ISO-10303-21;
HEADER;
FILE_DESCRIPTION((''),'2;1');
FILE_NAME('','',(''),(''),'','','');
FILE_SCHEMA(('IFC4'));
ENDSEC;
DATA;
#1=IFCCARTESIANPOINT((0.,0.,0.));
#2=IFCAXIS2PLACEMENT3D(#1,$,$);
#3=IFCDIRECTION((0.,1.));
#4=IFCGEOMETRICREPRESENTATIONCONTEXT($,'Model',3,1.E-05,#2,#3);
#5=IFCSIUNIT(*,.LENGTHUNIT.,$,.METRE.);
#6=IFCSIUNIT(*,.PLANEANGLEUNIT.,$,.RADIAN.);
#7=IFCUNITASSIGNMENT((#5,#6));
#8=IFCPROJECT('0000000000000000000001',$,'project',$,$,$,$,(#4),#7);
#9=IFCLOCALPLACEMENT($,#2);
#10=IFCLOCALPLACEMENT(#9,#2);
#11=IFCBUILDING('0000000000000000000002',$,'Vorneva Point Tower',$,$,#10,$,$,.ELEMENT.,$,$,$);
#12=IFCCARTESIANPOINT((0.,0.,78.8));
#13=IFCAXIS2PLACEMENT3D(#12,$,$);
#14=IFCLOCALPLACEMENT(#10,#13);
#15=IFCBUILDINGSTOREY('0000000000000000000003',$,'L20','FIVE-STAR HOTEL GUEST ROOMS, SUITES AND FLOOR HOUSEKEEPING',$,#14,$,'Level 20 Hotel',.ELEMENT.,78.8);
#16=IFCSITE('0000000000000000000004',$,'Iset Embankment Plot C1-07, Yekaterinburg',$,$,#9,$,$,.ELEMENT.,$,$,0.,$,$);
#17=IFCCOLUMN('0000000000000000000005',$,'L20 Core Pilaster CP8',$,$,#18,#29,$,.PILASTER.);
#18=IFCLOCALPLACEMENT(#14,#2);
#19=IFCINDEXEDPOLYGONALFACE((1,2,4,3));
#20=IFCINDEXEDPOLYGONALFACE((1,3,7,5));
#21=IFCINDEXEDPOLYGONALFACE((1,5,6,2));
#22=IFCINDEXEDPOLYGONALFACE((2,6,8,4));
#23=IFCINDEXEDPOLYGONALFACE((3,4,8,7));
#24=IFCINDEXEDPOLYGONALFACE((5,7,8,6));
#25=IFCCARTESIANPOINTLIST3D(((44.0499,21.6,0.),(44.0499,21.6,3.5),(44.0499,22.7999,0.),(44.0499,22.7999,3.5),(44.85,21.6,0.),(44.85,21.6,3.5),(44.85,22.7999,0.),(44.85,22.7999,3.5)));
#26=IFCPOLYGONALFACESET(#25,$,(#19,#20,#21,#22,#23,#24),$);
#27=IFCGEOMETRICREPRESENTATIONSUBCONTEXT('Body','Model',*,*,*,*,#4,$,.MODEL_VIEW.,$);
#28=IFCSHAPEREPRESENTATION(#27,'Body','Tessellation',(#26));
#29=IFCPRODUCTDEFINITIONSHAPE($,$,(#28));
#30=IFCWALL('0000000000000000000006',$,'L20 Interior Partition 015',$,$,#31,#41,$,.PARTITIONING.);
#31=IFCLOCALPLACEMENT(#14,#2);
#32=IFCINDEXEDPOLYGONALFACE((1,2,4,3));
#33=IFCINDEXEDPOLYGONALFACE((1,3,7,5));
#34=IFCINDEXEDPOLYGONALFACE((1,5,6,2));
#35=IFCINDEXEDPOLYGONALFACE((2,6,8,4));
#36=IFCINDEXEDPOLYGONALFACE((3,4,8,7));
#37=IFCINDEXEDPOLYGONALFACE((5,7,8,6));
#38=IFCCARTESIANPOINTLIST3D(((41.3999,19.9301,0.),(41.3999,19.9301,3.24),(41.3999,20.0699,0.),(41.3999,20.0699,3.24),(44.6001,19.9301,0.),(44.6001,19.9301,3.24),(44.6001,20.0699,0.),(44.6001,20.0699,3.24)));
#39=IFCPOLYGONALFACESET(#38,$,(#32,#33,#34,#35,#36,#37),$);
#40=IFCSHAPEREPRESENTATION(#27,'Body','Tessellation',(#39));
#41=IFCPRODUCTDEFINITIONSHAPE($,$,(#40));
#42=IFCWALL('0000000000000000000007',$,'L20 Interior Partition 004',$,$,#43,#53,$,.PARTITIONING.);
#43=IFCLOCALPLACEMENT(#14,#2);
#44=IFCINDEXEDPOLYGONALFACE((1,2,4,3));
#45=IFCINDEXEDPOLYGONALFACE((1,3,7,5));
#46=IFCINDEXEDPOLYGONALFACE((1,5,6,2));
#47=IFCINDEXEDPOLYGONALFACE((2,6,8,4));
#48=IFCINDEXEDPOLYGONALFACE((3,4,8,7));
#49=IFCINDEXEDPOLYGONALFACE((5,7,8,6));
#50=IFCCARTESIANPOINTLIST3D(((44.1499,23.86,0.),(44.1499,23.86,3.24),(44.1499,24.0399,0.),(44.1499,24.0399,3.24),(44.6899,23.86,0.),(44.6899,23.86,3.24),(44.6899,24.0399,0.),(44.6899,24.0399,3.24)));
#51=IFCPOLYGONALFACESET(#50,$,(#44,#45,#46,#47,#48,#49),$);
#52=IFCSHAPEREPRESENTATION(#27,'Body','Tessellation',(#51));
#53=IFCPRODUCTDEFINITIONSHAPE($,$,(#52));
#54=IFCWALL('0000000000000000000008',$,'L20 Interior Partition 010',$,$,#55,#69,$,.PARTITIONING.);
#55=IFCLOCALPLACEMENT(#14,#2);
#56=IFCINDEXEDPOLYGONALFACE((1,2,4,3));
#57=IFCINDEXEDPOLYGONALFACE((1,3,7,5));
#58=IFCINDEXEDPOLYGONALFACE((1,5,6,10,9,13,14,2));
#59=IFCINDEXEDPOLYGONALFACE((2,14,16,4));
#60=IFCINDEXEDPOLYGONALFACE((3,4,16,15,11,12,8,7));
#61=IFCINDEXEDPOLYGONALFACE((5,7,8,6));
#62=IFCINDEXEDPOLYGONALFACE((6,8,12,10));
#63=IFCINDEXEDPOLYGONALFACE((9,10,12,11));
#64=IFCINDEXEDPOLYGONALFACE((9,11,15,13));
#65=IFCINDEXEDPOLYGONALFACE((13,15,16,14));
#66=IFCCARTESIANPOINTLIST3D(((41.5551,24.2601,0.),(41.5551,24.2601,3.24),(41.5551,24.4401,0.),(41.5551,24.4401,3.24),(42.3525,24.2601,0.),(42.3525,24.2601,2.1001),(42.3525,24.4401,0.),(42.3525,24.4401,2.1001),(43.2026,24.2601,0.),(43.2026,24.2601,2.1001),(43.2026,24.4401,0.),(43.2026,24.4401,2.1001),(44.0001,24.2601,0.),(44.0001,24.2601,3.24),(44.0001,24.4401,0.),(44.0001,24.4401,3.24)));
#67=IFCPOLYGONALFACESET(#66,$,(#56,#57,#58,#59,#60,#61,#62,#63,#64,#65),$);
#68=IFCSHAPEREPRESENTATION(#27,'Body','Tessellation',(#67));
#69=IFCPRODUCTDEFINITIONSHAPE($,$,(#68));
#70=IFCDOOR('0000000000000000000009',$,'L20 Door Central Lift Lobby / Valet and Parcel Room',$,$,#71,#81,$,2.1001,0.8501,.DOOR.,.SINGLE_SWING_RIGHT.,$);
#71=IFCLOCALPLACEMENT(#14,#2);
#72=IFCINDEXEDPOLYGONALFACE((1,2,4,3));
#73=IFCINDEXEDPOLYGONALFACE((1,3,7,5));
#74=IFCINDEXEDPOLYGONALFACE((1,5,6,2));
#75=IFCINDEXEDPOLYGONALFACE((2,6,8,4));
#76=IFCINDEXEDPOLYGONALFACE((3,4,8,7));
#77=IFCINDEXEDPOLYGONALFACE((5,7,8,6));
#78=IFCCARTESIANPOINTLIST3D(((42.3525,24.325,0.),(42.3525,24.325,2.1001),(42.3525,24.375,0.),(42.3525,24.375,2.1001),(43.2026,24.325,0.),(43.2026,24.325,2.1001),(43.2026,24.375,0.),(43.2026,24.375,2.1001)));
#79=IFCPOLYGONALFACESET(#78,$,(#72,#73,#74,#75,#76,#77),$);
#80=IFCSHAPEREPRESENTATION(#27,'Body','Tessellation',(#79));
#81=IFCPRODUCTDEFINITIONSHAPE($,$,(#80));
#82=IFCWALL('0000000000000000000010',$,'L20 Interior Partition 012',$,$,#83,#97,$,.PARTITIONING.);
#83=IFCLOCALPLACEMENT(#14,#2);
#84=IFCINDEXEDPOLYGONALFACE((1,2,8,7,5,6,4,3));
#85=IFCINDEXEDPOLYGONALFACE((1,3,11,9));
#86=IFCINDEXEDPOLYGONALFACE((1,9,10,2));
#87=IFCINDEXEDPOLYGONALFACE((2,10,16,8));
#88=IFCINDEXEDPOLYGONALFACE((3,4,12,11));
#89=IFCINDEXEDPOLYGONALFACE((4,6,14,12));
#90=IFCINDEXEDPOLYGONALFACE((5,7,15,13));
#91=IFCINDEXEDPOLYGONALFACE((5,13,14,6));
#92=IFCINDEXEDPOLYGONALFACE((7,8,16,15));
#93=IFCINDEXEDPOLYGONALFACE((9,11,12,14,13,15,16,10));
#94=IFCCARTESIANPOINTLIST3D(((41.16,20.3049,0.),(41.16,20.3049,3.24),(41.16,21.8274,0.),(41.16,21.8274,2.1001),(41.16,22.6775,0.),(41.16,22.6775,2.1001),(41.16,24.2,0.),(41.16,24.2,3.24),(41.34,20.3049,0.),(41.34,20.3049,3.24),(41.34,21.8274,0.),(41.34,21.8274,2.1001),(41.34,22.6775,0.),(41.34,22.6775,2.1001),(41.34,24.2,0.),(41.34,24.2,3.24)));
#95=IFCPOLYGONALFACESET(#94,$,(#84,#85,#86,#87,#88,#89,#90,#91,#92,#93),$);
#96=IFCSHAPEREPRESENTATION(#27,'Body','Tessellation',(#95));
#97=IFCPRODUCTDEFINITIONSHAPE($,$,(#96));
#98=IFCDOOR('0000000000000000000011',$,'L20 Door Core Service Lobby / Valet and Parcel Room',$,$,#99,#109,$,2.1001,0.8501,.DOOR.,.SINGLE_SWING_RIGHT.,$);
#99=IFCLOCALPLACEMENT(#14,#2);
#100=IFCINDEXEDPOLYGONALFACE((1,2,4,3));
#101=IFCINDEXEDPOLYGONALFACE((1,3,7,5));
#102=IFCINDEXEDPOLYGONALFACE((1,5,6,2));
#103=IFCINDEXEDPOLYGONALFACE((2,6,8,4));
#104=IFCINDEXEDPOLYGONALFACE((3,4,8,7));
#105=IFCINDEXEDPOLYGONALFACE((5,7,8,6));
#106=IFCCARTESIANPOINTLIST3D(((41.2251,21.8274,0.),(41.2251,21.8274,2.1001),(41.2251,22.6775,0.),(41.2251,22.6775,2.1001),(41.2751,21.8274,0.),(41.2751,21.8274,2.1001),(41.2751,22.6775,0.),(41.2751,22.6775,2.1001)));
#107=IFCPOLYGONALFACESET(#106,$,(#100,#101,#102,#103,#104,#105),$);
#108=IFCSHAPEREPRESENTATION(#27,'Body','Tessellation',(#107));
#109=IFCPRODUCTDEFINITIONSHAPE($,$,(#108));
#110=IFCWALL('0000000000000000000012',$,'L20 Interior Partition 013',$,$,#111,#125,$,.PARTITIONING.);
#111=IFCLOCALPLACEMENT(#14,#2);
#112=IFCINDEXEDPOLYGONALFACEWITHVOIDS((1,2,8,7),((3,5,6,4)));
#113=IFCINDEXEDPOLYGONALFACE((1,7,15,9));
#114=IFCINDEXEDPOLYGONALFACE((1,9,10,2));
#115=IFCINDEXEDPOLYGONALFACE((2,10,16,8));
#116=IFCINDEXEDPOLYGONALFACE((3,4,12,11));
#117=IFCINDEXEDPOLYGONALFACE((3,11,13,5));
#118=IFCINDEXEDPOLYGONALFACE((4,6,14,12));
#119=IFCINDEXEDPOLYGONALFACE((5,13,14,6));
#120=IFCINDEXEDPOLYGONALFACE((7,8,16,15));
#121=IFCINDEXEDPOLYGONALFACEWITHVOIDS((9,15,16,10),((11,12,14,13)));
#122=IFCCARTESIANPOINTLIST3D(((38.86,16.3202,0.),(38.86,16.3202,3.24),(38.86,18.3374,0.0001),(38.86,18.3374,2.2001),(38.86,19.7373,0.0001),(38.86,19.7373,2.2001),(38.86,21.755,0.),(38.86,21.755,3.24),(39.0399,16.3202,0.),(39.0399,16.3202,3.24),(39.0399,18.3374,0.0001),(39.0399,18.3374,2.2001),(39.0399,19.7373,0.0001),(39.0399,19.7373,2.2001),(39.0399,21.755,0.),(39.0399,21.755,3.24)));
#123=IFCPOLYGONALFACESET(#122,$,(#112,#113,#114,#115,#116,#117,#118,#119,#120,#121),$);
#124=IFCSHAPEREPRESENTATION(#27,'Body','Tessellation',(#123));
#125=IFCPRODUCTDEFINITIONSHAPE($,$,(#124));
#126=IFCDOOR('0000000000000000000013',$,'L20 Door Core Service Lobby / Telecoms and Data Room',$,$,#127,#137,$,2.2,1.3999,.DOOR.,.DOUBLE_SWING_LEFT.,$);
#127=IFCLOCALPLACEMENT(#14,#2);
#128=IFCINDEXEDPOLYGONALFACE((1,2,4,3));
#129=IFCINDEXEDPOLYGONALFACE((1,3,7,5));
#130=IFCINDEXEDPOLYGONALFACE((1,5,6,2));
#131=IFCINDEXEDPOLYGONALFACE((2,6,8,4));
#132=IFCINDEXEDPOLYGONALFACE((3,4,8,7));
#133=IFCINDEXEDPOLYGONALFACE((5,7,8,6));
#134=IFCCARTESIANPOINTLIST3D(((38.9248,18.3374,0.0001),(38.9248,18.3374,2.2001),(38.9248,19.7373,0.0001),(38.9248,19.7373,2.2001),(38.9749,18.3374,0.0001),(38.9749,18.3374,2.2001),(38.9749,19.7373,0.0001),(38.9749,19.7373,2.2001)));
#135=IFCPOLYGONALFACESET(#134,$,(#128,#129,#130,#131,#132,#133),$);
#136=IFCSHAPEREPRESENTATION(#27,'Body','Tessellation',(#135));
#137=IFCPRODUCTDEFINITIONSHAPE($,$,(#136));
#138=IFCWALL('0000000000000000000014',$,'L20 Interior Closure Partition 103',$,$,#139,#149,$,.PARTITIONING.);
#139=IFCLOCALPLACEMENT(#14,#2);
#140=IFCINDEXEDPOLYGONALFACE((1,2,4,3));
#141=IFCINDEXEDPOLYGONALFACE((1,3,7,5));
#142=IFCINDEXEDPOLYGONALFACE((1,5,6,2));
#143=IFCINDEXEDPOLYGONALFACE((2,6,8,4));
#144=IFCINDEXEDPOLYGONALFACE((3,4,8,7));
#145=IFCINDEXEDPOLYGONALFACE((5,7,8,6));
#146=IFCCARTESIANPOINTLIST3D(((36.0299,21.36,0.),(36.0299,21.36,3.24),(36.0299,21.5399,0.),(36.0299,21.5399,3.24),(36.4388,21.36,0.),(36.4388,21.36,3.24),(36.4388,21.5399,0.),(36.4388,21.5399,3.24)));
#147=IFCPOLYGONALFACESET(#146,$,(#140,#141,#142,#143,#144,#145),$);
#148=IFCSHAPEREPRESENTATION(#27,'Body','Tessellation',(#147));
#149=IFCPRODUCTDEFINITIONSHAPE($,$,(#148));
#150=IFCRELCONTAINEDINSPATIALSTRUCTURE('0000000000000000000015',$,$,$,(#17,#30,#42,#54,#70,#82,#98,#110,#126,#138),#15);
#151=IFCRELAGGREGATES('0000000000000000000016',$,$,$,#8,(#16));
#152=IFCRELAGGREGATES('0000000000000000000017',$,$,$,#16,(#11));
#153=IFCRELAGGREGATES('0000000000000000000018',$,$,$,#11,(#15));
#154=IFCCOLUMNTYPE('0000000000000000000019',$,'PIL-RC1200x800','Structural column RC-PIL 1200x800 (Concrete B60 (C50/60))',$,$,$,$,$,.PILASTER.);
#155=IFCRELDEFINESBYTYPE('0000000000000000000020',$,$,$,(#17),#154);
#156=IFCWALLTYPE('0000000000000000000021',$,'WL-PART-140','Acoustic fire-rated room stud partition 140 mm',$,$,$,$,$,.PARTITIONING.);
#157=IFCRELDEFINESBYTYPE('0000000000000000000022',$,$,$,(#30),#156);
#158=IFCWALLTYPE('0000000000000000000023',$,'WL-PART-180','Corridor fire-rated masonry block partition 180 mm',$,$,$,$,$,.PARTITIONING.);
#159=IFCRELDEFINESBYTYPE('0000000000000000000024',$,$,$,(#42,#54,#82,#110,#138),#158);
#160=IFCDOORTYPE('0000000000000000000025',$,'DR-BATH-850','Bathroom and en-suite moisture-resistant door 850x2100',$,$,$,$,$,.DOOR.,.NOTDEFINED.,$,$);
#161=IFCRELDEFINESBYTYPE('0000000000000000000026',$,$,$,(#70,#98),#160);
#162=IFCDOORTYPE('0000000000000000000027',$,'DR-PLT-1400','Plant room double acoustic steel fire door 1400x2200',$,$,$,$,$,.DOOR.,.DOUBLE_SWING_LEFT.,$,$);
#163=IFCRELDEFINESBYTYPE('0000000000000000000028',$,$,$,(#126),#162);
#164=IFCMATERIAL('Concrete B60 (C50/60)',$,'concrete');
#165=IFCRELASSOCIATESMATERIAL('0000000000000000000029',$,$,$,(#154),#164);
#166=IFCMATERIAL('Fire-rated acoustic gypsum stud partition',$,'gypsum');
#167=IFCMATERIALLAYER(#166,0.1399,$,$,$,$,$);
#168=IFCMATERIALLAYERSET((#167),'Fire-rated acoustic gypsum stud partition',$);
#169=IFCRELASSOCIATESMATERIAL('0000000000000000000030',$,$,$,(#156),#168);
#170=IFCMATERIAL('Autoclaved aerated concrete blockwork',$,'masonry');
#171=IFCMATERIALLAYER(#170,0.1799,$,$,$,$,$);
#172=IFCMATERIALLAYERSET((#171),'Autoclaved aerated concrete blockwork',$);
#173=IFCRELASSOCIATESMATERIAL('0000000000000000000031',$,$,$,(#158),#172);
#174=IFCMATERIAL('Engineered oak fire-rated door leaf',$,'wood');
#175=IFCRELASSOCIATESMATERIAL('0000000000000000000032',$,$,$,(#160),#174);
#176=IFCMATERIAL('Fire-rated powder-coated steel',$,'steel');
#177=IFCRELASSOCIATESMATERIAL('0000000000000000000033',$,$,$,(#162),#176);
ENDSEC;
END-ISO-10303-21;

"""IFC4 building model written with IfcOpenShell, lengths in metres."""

from ifc_helpers import new_model, si_unit, direction, frame, frame_2d, origin, origin_2d, place, context, subcontext, project, spatial, rectangle, extrude, material, layer, layer_set, material_profile, profile_set, type_object, element, fill, save


model = new_model("IFC4")

# Units and contexts
model_context = context("Model", 3, precision=1e-05, world=origin(), true_north=direction((0.0, 1.0)))
body_context = subcontext(model_context, "Body", "Model", "MODEL_VIEW")
ifc_project = project(units=[si_unit("LENGTHUNIT", "METRE"), si_unit("PLANEANGLEUNIT", "RADIAN")], contexts=[model_context])

# Site, building, storey
site_placement = place(None, origin())
site = spatial("IfcSite", under=ifc_project, at=site_placement, Name="Iset Embankment Plot C1-07, Yekaterinburg", CompositionType="ELEMENT", RefElevation=0.0)
building_placement = place(site_placement, origin())
building = spatial("IfcBuilding", under=site, at=building_placement, Name="Vorneva Point Tower", CompositionType="ELEMENT")
storey_placement = place(building_placement, frame((0.0, 0.0, 78.8)))
storey = spatial("IfcBuildingStorey", under=building, at=storey_placement, Name="L20", Description="FIVE-STAR HOTEL GUEST ROOMS, SUITES AND FLOOR HOUSEKEEPING", LongName="Level 20 Hotel", CompositionType="ELEMENT", Elevation=78.8)

# Column
ifc_material_1 = material(Name="Concrete B60 (C50/60)", Category="concrete")
ifc_material_profile = material_profile(ifc_material_1, rectangle(XDim=0.8, YDim=1.2, at=origin_2d()), Name="RC-PIL 1200x800")
ifc_profile_set = profile_set([ifc_material_profile], Name="Concrete B60 (C50/60)")
column_type = type_object("IfcColumnType", Name="PIL-RC1200x800", Description="Structural column RC-PIL 1200x800 (Concrete B60 (C50/60))", PredefinedType="PILASTER", material=ifc_profile_set)
column_placement = place(storey_placement, frame((44.45, 22.2, 0.0), z_axis=(0.0, 0.0, 1.0), x_axis=(1.0, 0.0, 0.0)))
element("IfcColumn", 1, at=column_placement, inside=storey, type_object=column_type, Name="L20 Core Pilaster CP8", PredefinedType="PILASTER", context=body_context, shape_type="SweptSolid", body=[
    extrude(rectangle(XDim=0.8, YDim=1.2, at=origin_2d()), origin(), (0.0, 0.0, 1.0), 3.5),
])

# Walls
ifc_material_2 = material(Name="Fire-rated acoustic gypsum stud partition", Category="gypsum")
ifc_layer_1 = layer(ifc_material_2, 0.1399)
ifc_layer_set_1 = layer_set([ifc_layer_1], Name="Fire-rated acoustic gypsum stud partition")
wall_type_1 = type_object("IfcWallType", Name="WL-PART-140", Description="Acoustic fire-rated room stud partition 140 mm", PredefinedType="PARTITIONING", material=ifc_layer_set_1)
wall_1_placement = place(storey_placement, frame((44.6001, 20.0, 0.0), z_axis=(0.0, 0.0, 1.0), x_axis=(-1.0, 0.0, 0.0)))
element("IfcWall", 2, at=wall_1_placement, inside=storey, type_object=wall_type_1, Name="L20 Interior Partition 015", PredefinedType="PARTITIONING", context=body_context, shape_type="SweptSolid", body=[
    extrude(rectangle(XDim=3.2002, YDim=0.1399, at=frame_2d((1.6001, 0.0))), origin(), (0.0, 0.0, 1.0), 3.24),
])
ifc_material_3 = material(Name="Autoclaved aerated concrete blockwork", Category="masonry")
ifc_layer_2 = layer(ifc_material_3, 0.1799)
ifc_layer_set_2 = layer_set([ifc_layer_2], Name="Autoclaved aerated concrete blockwork")
wall_type_2 = type_object("IfcWallType", Name="WL-PART-180", Description="Corridor fire-rated masonry block partition 180 mm", PredefinedType="PARTITIONING", material=ifc_layer_set_2)
wall_2_placement = place(storey_placement, frame((44.1499, 23.95, 0.0), z_axis=(0.0, 0.0, 1.0), x_axis=(1.0, 0.0, 0.0)))
element("IfcWall", 3, at=wall_2_placement, inside=storey, type_object=wall_type_2, Name="L20 Interior Partition 004", PredefinedType="PARTITIONING", context=body_context, shape_type="SweptSolid", body=[
    extrude(rectangle(XDim=0.54, YDim=0.1799, at=frame_2d((0.27, 0.0))), origin(), (0.0, 0.0, 1.0), 3.24),
])

# Walls, openings, doors
ifc_material_4 = material(Name="Fire-rated powder-coated steel", Category="steel")
wall_3_placement = place(storey_placement, frame((41.5549, 24.3501, 0.0), z_axis=(0.0, 0.0, 1.0), x_axis=(1.0, 0.0, 0.0)))
wall_3 = element("IfcWall", 4, at=wall_3_placement, inside=storey, type_object=wall_type_2, Name="L20 Interior Partition 010", PredefinedType="PARTITIONING", context=body_context, shape_type="SweptSolid", body=[
    extrude(rectangle(XDim=2.4451, YDim=0.1799, at=frame_2d((1.2227, 0.0))), origin(), (0.0, 0.0, 1.0), 3.24),
])
opening_1_placement = place(wall_3_placement, frame((0.7976, 0.0, 0.0)))
opening_1 = element("IfcOpeningElement", 5, at=opening_1_placement, cuts=wall_3, PredefinedType="OPENING", context=body_context, shape_type="SweptSolid", body=[
    extrude(rectangle(XDim=0.8501, YDim=2.1001, at=frame_2d((0.425, 1.05))), frame((0.0, 0.105, 0.0), z_axis=(0.0, -1.0, 0.0), x_axis=(1.0, 0.0, 0.0)), (0.0, 0.0, 1.0), 0.2097),
])
ifc_material_5 = material(Name="Engineered oak fire-rated door leaf", Category="wood")
door_type_1 = type_object("IfcDoorType", Name="DR-BATH-850", Description="Bathroom and en-suite moisture-resistant door 850x2100", OperationType="NOTDEFINED", PredefinedType="DOOR", material=ifc_material_5)
door_1_placement = place(opening_1_placement, origin())
door_1 = element("IfcDoor", 6, at=door_1_placement, inside=storey, type_object=door_type_1, Name="L20 Door Central Lift Lobby / Valet and Parcel Room", OperationType="SINGLE_SWING_RIGHT", OverallHeight=2.1001, OverallWidth=0.8501, PredefinedType="DOOR", context=body_context, shape_type="SweptSolid", body=[
    extrude(rectangle(XDim=0.8501, YDim=2.1001, at=frame_2d((0.425, 1.05))), frame((0.0, 0.0249, 0.0), z_axis=(0.0, -1.0, 0.0), x_axis=(1.0, 0.0, 0.0)), (0.0, 0.0, 1.0), 0.05),
])
fill(opening_1, door_1)
wall_4_placement = place(storey_placement, frame((41.25, 20.3049, 0.0), z_axis=(0.0, 0.0, 1.0), x_axis=(0.0, 1.0, 0.0)))
wall_4 = element("IfcWall", 7, at=wall_4_placement, inside=storey, type_object=wall_type_2, Name="L20 Interior Partition 012", PredefinedType="PARTITIONING", context=body_context, shape_type="SweptSolid", body=[
    extrude(rectangle(XDim=3.895, YDim=0.1799, at=frame_2d((1.9475, 0.0))), origin(), (0.0, 0.0, 1.0), 3.24),
])
opening_2_placement = place(wall_4_placement, frame((1.5225, 0.0, 0.0)))
opening_2 = element("IfcOpeningElement", 8, at=opening_2_placement, cuts=wall_4, PredefinedType="OPENING", context=body_context, shape_type="SweptSolid", body=[
    extrude(rectangle(XDim=0.8501, YDim=2.1001, at=frame_2d((0.425, 1.05))), frame((0.0, 0.105, 0.0), z_axis=(0.0, -1.0, 0.0), x_axis=(1.0, 0.0, 0.0)), (0.0, 0.0, 1.0), 0.2097),
])
door_2_placement = place(opening_2_placement, origin())
door_2 = element("IfcDoor", 9, at=door_2_placement, inside=storey, type_object=door_type_1, Name="L20 Door Core Service Lobby / Valet and Parcel Room", OperationType="SINGLE_SWING_RIGHT", OverallHeight=2.1001, OverallWidth=0.8501, PredefinedType="DOOR", context=body_context, shape_type="SweptSolid", body=[
    extrude(rectangle(XDim=0.8501, YDim=2.1001, at=frame_2d((0.425, 1.05))), frame((0.0, 0.0249, 0.0), z_axis=(0.0, -1.0, 0.0), x_axis=(1.0, 0.0, 0.0)), (0.0, 0.0, 1.0), 0.05),
])
fill(opening_2, door_2)
wall_5_placement = place(storey_placement, frame((38.95, 21.7549, 0.0), z_axis=(0.0, 0.0, 1.0), x_axis=(0.0, -1.0, 0.0)))
wall_5 = element("IfcWall", 10, at=wall_5_placement, inside=storey, type_object=wall_type_2, Name="L20 Interior Partition 013", PredefinedType="PARTITIONING", context=body_context, shape_type="SweptSolid", body=[
    extrude(rectangle(XDim=5.4348, YDim=0.1799, at=frame_2d((2.7173, 0.0))), origin(), (0.0, 0.0, 1.0), 3.24),
])
opening_3_placement = place(wall_5_placement, frame((2.0176, 0.0, 0.0)))
opening_3 = element("IfcOpeningElement", 11, at=opening_3_placement, cuts=wall_5, PredefinedType="OPENING", context=body_context, shape_type="SweptSolid", body=[
    extrude(rectangle(XDim=1.3999, YDim=2.2, at=frame_2d((0.7, 1.1001))), frame((0.0, 0.105, 0.0), z_axis=(0.0, -1.0, 0.0), x_axis=(1.0, 0.0, 0.0)), (0.0, 0.0, 1.0), 0.2097),
])
door_type_2 = type_object("IfcDoorType", Name="DR-PLT-1400", Description="Plant room double acoustic steel fire door 1400x2200", OperationType="DOUBLE_SWING_LEFT", PredefinedType="DOOR", material=ifc_material_4)
door_3_placement = place(opening_3_placement, origin())
door_3 = element("IfcDoor", 12, at=door_3_placement, inside=storey, type_object=door_type_2, Name="L20 Door Core Service Lobby / Telecoms and Data Room", OperationType="DOUBLE_SWING_LEFT", OverallHeight=2.2, OverallWidth=1.3999, PredefinedType="DOOR", context=body_context, shape_type="SweptSolid", body=[
    extrude(rectangle(XDim=1.3999, YDim=2.2, at=frame_2d((0.7, 1.1001))), frame((0.0, 0.0249, 0.0), z_axis=(0.0, -1.0, 0.0), x_axis=(1.0, 0.0, 0.0)), (0.0, 0.0, 1.0), 0.05),
])
fill(opening_3, door_3)

# Wall
wall_6_placement = place(storey_placement, frame((36.439, 21.45, 0.0), z_axis=(0.0, 0.0, 1.0), x_axis=(-1.0, 0.0, 0.0)))
element("IfcWall", 13, at=wall_6_placement, inside=storey, type_object=wall_type_2, Name="L20 Interior Closure Partition 103", PredefinedType="PARTITIONING", context=body_context, shape_type="SweptSolid", body=[
    extrude(rectangle(XDim=0.4089, YDim=0.1799, at=frame_2d((0.2046, 0.0))), origin(), (0.0, 0.0, 1.0), 3.24),
])

save(model, "model.ifc")
